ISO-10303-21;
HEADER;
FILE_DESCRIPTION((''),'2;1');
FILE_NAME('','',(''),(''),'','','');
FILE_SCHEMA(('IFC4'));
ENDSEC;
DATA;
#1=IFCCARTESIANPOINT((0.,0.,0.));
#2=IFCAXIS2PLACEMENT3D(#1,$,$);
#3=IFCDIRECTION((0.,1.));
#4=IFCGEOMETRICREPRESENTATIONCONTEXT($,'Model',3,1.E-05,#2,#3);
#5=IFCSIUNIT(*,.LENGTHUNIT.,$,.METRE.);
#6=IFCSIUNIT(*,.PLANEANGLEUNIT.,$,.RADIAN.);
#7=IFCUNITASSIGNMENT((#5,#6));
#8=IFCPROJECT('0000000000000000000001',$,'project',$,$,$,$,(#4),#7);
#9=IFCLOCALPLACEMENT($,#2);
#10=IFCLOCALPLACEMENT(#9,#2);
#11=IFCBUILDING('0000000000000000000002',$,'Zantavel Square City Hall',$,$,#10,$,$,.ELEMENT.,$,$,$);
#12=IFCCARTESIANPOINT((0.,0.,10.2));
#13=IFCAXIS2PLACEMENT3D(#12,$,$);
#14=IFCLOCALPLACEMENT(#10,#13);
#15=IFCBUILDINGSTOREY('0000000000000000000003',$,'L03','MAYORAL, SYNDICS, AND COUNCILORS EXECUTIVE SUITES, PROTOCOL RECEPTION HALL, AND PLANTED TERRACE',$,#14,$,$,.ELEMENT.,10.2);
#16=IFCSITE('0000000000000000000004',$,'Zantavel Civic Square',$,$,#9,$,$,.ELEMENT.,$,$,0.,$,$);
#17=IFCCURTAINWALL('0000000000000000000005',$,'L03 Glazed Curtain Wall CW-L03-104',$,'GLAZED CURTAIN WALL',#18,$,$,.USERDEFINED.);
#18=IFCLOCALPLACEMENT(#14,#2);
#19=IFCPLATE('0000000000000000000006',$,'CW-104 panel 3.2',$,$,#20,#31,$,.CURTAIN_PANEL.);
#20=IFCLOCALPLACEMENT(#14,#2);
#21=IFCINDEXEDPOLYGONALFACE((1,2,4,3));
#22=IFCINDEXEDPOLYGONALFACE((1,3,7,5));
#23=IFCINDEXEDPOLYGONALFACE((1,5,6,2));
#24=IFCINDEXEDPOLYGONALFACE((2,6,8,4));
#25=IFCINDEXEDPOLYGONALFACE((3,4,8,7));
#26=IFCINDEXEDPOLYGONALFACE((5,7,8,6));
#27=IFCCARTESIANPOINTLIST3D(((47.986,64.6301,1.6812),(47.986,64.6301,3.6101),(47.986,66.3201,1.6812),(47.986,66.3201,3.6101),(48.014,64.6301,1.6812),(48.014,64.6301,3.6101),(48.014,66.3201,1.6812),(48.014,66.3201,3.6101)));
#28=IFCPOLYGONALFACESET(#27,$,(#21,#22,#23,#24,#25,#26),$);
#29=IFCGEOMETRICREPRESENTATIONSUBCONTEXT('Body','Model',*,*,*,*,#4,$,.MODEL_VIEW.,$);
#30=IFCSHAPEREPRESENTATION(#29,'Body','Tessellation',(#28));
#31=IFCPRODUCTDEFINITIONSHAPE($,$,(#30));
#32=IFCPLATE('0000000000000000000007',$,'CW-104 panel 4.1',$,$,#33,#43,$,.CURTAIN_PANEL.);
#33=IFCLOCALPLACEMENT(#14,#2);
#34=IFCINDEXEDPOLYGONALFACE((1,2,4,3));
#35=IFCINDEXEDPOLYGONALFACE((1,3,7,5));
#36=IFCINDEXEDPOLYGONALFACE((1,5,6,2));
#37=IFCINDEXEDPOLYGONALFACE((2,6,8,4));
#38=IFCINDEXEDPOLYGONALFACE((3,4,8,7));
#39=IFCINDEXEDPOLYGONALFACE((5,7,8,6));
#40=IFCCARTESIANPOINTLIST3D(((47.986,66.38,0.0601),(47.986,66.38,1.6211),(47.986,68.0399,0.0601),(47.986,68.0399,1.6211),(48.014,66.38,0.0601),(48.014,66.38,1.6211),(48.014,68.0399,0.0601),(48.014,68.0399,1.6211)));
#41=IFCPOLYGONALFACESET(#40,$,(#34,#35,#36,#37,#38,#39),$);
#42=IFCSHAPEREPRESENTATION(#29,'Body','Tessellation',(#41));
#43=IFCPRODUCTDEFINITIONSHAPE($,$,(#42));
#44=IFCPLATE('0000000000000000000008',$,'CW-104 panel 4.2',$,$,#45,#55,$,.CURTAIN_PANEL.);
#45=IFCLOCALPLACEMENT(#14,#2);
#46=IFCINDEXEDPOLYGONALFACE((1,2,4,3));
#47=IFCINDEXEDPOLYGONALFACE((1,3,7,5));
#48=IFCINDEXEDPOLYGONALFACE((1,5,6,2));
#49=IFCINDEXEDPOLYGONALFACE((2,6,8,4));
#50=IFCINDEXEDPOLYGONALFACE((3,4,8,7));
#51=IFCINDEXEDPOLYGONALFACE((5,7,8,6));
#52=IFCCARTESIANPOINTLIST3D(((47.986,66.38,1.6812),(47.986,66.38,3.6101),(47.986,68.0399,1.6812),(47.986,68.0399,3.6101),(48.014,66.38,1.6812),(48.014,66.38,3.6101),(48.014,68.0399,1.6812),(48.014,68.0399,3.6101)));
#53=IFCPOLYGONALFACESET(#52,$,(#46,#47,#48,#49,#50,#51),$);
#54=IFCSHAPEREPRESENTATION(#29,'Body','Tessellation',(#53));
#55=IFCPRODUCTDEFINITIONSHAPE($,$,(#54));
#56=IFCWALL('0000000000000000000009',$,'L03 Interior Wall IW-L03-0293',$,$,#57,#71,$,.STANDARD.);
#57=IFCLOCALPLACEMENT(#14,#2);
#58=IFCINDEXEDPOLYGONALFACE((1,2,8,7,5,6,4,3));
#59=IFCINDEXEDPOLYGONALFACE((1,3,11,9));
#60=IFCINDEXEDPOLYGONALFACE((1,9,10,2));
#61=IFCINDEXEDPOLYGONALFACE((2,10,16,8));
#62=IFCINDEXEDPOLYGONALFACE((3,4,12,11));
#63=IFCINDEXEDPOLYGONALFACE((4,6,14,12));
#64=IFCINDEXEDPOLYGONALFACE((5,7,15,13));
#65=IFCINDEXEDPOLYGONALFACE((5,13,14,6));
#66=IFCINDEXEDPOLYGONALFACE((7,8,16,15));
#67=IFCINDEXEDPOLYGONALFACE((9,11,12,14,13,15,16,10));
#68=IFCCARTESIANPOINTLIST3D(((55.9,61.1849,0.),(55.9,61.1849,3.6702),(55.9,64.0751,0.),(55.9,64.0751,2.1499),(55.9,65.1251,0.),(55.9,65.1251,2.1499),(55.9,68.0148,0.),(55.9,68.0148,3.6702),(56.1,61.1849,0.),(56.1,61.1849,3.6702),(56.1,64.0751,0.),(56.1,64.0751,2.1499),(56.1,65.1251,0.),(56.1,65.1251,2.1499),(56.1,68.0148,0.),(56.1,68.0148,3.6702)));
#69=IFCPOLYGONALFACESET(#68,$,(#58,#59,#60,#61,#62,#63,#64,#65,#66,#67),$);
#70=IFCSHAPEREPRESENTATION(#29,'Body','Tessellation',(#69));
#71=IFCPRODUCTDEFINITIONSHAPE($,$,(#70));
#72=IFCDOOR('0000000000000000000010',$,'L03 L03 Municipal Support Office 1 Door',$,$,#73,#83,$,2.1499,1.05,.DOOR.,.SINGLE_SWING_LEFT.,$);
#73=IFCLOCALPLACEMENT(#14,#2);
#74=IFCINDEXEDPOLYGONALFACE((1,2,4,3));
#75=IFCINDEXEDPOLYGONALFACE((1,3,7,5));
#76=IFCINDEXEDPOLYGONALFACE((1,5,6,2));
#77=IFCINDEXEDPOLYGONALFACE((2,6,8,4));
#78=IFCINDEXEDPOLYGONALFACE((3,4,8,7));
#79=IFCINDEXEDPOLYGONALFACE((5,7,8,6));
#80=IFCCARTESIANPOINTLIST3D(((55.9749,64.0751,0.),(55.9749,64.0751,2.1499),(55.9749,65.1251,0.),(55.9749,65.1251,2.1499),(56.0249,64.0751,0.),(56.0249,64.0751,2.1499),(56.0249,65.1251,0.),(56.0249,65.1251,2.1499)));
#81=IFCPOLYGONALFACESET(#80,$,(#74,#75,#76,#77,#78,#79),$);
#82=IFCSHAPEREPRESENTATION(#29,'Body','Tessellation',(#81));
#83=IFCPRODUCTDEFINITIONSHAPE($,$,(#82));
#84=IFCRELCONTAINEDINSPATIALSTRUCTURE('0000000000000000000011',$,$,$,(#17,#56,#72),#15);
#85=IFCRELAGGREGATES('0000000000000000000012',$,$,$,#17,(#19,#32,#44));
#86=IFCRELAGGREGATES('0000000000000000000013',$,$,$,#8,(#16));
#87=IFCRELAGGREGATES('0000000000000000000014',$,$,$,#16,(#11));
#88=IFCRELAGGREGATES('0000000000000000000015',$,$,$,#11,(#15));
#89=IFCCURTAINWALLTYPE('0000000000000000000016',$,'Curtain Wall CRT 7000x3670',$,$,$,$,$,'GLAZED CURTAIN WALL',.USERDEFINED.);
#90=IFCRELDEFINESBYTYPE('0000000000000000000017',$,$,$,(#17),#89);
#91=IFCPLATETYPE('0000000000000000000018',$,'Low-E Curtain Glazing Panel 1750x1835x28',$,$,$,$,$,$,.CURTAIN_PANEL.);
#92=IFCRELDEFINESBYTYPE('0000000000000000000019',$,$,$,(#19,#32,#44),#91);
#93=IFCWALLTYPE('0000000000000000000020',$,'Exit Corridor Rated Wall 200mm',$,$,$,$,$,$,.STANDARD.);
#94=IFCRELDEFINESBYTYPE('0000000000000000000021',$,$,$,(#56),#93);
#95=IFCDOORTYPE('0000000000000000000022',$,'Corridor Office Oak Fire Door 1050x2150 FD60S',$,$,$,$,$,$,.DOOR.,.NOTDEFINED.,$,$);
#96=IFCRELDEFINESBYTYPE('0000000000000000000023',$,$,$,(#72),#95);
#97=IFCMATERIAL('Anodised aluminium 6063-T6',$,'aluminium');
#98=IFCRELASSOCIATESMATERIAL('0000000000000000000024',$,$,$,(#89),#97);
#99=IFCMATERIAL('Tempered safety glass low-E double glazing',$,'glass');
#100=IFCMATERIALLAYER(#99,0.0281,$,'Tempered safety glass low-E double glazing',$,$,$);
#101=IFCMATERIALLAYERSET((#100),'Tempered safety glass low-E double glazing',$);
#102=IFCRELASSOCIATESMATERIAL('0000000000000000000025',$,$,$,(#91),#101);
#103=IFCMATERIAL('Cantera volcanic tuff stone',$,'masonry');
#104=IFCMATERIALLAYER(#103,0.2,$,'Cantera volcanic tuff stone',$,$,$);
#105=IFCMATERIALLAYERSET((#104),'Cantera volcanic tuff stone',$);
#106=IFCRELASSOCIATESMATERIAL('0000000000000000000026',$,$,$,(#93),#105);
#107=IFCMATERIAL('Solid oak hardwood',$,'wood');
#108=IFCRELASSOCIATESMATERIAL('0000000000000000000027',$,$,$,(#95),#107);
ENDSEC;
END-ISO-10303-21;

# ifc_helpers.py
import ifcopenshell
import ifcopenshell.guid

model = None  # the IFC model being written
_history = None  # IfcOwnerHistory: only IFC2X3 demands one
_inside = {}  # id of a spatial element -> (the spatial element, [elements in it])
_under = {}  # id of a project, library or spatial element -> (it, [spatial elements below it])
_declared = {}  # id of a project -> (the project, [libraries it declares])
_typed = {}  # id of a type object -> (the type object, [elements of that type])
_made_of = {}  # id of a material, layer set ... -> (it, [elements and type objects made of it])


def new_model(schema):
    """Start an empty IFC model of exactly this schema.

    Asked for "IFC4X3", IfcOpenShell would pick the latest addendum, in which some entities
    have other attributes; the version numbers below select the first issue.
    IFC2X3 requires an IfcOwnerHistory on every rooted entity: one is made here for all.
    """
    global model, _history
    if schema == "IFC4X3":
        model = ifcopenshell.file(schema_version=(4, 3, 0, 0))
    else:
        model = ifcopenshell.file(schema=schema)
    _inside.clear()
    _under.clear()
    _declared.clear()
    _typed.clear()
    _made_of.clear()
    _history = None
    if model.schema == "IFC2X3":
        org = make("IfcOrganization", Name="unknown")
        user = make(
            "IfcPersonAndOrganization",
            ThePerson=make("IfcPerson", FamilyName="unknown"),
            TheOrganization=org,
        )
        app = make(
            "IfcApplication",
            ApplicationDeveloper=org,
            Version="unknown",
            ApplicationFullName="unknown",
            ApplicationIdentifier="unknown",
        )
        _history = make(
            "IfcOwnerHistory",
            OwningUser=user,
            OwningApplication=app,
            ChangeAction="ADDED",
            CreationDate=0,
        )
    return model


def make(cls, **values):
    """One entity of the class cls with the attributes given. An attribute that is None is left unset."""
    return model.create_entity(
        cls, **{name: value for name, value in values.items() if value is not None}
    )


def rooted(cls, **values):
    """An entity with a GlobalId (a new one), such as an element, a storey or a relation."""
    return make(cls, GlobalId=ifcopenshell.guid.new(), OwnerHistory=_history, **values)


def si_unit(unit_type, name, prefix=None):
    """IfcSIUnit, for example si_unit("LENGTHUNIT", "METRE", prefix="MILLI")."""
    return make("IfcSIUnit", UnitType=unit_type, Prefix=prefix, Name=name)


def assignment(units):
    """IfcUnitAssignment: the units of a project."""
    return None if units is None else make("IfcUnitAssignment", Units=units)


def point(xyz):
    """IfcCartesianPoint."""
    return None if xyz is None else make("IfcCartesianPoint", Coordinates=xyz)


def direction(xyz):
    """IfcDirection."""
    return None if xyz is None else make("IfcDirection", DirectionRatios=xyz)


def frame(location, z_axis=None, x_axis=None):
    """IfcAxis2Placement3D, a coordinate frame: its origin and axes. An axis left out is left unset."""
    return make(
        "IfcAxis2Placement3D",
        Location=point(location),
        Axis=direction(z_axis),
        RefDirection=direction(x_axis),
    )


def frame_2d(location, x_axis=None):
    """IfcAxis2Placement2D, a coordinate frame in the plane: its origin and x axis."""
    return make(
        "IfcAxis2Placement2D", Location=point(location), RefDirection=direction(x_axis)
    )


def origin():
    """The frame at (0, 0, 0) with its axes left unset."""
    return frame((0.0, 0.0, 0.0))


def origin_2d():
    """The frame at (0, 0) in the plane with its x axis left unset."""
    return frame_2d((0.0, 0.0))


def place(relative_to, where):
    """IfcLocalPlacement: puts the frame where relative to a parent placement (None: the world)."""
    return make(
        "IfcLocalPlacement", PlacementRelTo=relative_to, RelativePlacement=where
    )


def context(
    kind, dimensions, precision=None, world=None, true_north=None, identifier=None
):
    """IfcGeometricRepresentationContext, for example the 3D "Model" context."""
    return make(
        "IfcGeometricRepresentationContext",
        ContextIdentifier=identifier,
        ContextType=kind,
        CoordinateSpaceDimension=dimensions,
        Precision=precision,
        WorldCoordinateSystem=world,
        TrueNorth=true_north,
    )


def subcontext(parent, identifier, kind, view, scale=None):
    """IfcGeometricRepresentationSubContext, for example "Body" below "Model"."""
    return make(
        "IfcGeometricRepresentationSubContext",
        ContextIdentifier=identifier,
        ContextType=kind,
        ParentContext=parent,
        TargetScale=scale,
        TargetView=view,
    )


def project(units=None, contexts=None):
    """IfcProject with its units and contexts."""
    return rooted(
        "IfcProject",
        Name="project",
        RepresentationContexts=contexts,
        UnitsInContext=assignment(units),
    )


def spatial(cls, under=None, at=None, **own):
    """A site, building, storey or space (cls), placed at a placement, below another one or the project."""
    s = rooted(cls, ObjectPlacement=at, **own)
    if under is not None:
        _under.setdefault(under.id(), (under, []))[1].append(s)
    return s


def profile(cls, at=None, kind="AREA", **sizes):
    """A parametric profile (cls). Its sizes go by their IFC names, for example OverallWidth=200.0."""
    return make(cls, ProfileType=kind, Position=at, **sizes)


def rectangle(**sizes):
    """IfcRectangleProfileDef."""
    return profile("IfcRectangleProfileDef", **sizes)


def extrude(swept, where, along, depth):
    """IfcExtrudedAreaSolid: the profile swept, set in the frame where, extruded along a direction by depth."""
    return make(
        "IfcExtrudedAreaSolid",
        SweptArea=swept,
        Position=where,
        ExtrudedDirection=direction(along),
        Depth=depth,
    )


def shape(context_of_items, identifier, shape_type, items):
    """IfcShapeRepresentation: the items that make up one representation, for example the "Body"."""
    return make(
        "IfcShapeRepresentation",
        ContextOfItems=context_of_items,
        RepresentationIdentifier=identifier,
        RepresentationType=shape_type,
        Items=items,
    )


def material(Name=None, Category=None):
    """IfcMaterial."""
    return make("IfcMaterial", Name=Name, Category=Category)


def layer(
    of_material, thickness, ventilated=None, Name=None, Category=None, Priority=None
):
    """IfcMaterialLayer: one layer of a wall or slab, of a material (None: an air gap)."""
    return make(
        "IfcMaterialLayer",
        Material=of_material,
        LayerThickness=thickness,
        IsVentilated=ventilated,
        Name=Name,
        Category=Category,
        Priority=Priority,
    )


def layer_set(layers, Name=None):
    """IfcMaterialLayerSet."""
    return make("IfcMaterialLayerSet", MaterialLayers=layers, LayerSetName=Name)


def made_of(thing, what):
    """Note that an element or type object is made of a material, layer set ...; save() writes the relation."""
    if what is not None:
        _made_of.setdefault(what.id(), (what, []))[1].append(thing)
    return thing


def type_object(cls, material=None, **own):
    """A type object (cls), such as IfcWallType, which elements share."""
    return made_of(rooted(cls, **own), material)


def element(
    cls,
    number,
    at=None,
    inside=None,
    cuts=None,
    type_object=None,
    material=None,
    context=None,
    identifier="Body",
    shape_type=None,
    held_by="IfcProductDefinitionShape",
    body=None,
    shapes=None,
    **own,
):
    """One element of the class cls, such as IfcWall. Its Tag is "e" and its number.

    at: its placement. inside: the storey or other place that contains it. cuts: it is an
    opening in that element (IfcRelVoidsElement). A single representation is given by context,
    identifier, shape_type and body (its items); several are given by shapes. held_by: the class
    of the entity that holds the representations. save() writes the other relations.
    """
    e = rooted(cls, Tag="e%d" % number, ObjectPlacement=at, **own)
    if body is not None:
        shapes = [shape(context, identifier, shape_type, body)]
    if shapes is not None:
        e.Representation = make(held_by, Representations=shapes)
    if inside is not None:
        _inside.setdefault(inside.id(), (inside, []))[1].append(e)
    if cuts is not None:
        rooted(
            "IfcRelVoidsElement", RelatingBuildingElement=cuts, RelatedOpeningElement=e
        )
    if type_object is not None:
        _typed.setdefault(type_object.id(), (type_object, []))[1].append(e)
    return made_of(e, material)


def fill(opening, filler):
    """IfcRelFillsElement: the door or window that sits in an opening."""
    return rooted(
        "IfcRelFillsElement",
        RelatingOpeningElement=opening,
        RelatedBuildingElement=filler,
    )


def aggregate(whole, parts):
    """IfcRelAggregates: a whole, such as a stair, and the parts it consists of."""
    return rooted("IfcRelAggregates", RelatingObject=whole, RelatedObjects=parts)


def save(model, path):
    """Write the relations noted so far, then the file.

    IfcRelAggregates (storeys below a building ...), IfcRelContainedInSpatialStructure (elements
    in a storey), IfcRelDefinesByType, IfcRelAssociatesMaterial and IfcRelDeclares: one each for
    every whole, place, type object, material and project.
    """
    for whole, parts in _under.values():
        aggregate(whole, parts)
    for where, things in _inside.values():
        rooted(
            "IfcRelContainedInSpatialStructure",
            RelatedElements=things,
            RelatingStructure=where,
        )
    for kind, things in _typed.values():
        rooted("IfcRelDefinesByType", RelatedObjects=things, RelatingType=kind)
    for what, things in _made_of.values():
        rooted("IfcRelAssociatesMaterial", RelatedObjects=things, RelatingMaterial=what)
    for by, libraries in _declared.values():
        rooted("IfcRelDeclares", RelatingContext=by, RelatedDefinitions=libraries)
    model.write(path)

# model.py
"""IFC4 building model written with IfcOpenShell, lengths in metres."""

from ifc_helpers import new_model, si_unit, direction, frame, frame_2d, origin, origin_2d, place, context, subcontext, project, spatial, rectangle, extrude, material, layer, layer_set, type_object, element, fill, aggregate, save


model = new_model("IFC4")

# Units and contexts
model_context = context("Model", 3, precision=1e-05, world=origin(), true_north=direction((0.0, 1.0)))
body_context = subcontext(model_context, "Body", "Model", "MODEL_VIEW")
ifc_project = project(units=[si_unit("LENGTHUNIT", "METRE"), si_unit("PLANEANGLEUNIT", "RADIAN")], contexts=[model_context])

# Site, building, storey
site_placement = place(None, origin())
site = spatial("IfcSite", under=ifc_project, at=site_placement, Name="Zantavel Civic Square", CompositionType="ELEMENT", RefElevation=0.0)
building_placement = place(site_placement, origin())
building = spatial("IfcBuilding", under=site, at=building_placement, Name="Zantavel Square City Hall", CompositionType="ELEMENT")
storey_placement = place(building_placement, frame((0.0, 0.0, 10.2)))
storey = spatial("IfcBuildingStorey", under=building, at=storey_placement, Name="L03", Description="MAYORAL, SYNDICS, AND COUNCILORS EXECUTIVE SUITES, PROTOCOL RECEPTION HALL, AND PLANTED TERRACE", CompositionType="ELEMENT", Elevation=10.2)

# Curtain wall
ifc_material_1 = material(Name="Anodised aluminium 6063-T6", Category="aluminium")
curtain_wall_type_1 = type_object("IfcCurtainWallType", Name="Curtain Wall CRT 7000x3670", ElementType="GLAZED CURTAIN WALL", PredefinedType="USERDEFINED", material=ifc_material_1)
curtain_wall_1_placement = place(storey_placement, origin())
curtain_wall_1 = element("IfcCurtainWall", 1, at=curtain_wall_1_placement, inside=storey, type_object=curtain_wall_type_1, Name="L03 Glazed Curtain Wall CW-L03-104", ObjectType="GLAZED CURTAIN WALL", PredefinedType="USERDEFINED")

# Plates
ifc_material_2 = material(Name="Tempered safety glass low-E double glazing", Category="glass")
ifc_layer_1 = layer(ifc_material_2, 0.0281, Name="Tempered safety glass low-E double glazing")
ifc_layer_set_1 = layer_set([ifc_layer_1], Name="Tempered safety glass low-E double glazing")
plate_type_1 = type_object("IfcPlateType", Name="Low-E Curtain Glazing Panel 1750x1835x28", PredefinedType="CURTAIN_PANEL", material=ifc_layer_set_1)
plate_1_placement = place(storey_placement, frame((48.0, 65.4751, 1.6812), z_axis=(0.0, 0.0, 1.0), x_axis=(0.0, 1.0, 0.0)))
plate_1 = element("IfcPlate", 2, at=plate_1_placement, type_object=plate_type_1, Name="CW-104 panel 3.2", PredefinedType="CURTAIN_PANEL", context=body_context, shape_type="SweptSolid", body=[
    extrude(rectangle(XDim=1.6899, YDim=0.0281, at=origin_2d()), origin(), (0.0, 0.0, 1.0), 1.929),
])
plate_2_placement = place(storey_placement, frame((48.0, 67.21, 0.0601), z_axis=(0.0, 0.0, 1.0), x_axis=(0.0, 1.0, 0.0)))
plate_2 = element("IfcPlate", 3, at=plate_2_placement, type_object=plate_type_1, Name="CW-104 panel 4.1", PredefinedType="CURTAIN_PANEL", context=body_context, shape_type="SweptSolid", body=[
    extrude(rectangle(XDim=1.6599, YDim=0.0281, at=origin_2d()), origin(), (0.0, 0.0, 1.0), 1.561),
])
plate_3_placement = place(storey_placement, frame((48.0, 67.21, 1.6812), z_axis=(0.0, 0.0, 1.0), x_axis=(0.0, 1.0, 0.0)))
plate_3 = element("IfcPlate", 4, at=plate_3_placement, type_object=plate_type_1, Name="CW-104 panel 4.2", PredefinedType="CURTAIN_PANEL", context=body_context, shape_type="SweptSolid", body=[
    extrude(rectangle(XDim=1.6599, YDim=0.0281, at=origin_2d()), origin(), (0.0, 0.0, 1.0), 1.929),
])
aggregate(curtain_wall_1, [plate_1, plate_2, plate_3])

# Wall, opening, door
ifc_material_3 = material(Name="Cantera volcanic tuff stone", Category="masonry")
ifc_layer_2 = layer(ifc_material_3, 0.2, Name="Cantera volcanic tuff stone")
ifc_layer_set_2 = layer_set([ifc_layer_2], Name="Cantera volcanic tuff stone")
wall_type = type_object("IfcWallType", Name="Exit Corridor Rated Wall 200mm", PredefinedType="STANDARD", material=ifc_layer_set_2)
wall_placement = place(storey_placement, frame((56.0, 68.0149, 0.0), z_axis=(0.0, 0.0, 1.0), x_axis=(0.0, -1.0, 0.0)))
wall = element("IfcWall", 5, at=wall_placement, inside=storey, type_object=wall_type, Name="L03 Interior Wall IW-L03-0293", PredefinedType="STANDARD", context=body_context, shape_type="SweptSolid", body=[
    extrude(rectangle(XDim=6.8298, YDim=0.2, at=frame_2d((3.415, 0.0))), origin(), (0.0, 0.0, 1.0), 3.6702),
])
opening_placement = place(wall_placement, frame((2.8899, 0.0, 0.0)))
opening = element("IfcOpeningElement", 6, at=opening_placement, cuts=wall, PredefinedType="OPENING", context=body_context, shape_type="SweptSolid", body=[
    extrude(rectangle(XDim=1.05, YDim=2.1499, at=frame_2d((0.5249, 1.075))), frame((0.0, 0.1099, 0.0), z_axis=(0.0, -1.0, 0.0), x_axis=(1.0, 0.0, 0.0)), (0.0, 0.0, 1.0), 0.22),
])
ifc_material_4 = material(Name="Solid oak hardwood", Category="wood")
door_type = type_object("IfcDoorType", Name="Corridor Office Oak Fire Door 1050x2150 FD60S", OperationType="NOTDEFINED", PredefinedType="DOOR", material=ifc_material_4)
door_placement = place(opening_placement, origin())
door = element("IfcDoor", 7, at=door_placement, inside=storey, type_object=door_type, Name="L03 L03 Municipal Support Office 1 Door", OperationType="SINGLE_SWING_LEFT", OverallHeight=2.1499, OverallWidth=1.05, PredefinedType="DOOR", context=body_context, shape_type="SweptSolid", body=[
    extrude(rectangle(XDim=1.05, YDim=2.1499, at=frame_2d((0.5249, 1.075))), frame((0.0, 0.0249, 0.0), z_axis=(0.0, -1.0, 0.0), x_axis=(1.0, 0.0, 0.0)), (0.0, 0.0, 1.0), 0.05),
])
fill(opening, door)

save(model, "model.ifc")
